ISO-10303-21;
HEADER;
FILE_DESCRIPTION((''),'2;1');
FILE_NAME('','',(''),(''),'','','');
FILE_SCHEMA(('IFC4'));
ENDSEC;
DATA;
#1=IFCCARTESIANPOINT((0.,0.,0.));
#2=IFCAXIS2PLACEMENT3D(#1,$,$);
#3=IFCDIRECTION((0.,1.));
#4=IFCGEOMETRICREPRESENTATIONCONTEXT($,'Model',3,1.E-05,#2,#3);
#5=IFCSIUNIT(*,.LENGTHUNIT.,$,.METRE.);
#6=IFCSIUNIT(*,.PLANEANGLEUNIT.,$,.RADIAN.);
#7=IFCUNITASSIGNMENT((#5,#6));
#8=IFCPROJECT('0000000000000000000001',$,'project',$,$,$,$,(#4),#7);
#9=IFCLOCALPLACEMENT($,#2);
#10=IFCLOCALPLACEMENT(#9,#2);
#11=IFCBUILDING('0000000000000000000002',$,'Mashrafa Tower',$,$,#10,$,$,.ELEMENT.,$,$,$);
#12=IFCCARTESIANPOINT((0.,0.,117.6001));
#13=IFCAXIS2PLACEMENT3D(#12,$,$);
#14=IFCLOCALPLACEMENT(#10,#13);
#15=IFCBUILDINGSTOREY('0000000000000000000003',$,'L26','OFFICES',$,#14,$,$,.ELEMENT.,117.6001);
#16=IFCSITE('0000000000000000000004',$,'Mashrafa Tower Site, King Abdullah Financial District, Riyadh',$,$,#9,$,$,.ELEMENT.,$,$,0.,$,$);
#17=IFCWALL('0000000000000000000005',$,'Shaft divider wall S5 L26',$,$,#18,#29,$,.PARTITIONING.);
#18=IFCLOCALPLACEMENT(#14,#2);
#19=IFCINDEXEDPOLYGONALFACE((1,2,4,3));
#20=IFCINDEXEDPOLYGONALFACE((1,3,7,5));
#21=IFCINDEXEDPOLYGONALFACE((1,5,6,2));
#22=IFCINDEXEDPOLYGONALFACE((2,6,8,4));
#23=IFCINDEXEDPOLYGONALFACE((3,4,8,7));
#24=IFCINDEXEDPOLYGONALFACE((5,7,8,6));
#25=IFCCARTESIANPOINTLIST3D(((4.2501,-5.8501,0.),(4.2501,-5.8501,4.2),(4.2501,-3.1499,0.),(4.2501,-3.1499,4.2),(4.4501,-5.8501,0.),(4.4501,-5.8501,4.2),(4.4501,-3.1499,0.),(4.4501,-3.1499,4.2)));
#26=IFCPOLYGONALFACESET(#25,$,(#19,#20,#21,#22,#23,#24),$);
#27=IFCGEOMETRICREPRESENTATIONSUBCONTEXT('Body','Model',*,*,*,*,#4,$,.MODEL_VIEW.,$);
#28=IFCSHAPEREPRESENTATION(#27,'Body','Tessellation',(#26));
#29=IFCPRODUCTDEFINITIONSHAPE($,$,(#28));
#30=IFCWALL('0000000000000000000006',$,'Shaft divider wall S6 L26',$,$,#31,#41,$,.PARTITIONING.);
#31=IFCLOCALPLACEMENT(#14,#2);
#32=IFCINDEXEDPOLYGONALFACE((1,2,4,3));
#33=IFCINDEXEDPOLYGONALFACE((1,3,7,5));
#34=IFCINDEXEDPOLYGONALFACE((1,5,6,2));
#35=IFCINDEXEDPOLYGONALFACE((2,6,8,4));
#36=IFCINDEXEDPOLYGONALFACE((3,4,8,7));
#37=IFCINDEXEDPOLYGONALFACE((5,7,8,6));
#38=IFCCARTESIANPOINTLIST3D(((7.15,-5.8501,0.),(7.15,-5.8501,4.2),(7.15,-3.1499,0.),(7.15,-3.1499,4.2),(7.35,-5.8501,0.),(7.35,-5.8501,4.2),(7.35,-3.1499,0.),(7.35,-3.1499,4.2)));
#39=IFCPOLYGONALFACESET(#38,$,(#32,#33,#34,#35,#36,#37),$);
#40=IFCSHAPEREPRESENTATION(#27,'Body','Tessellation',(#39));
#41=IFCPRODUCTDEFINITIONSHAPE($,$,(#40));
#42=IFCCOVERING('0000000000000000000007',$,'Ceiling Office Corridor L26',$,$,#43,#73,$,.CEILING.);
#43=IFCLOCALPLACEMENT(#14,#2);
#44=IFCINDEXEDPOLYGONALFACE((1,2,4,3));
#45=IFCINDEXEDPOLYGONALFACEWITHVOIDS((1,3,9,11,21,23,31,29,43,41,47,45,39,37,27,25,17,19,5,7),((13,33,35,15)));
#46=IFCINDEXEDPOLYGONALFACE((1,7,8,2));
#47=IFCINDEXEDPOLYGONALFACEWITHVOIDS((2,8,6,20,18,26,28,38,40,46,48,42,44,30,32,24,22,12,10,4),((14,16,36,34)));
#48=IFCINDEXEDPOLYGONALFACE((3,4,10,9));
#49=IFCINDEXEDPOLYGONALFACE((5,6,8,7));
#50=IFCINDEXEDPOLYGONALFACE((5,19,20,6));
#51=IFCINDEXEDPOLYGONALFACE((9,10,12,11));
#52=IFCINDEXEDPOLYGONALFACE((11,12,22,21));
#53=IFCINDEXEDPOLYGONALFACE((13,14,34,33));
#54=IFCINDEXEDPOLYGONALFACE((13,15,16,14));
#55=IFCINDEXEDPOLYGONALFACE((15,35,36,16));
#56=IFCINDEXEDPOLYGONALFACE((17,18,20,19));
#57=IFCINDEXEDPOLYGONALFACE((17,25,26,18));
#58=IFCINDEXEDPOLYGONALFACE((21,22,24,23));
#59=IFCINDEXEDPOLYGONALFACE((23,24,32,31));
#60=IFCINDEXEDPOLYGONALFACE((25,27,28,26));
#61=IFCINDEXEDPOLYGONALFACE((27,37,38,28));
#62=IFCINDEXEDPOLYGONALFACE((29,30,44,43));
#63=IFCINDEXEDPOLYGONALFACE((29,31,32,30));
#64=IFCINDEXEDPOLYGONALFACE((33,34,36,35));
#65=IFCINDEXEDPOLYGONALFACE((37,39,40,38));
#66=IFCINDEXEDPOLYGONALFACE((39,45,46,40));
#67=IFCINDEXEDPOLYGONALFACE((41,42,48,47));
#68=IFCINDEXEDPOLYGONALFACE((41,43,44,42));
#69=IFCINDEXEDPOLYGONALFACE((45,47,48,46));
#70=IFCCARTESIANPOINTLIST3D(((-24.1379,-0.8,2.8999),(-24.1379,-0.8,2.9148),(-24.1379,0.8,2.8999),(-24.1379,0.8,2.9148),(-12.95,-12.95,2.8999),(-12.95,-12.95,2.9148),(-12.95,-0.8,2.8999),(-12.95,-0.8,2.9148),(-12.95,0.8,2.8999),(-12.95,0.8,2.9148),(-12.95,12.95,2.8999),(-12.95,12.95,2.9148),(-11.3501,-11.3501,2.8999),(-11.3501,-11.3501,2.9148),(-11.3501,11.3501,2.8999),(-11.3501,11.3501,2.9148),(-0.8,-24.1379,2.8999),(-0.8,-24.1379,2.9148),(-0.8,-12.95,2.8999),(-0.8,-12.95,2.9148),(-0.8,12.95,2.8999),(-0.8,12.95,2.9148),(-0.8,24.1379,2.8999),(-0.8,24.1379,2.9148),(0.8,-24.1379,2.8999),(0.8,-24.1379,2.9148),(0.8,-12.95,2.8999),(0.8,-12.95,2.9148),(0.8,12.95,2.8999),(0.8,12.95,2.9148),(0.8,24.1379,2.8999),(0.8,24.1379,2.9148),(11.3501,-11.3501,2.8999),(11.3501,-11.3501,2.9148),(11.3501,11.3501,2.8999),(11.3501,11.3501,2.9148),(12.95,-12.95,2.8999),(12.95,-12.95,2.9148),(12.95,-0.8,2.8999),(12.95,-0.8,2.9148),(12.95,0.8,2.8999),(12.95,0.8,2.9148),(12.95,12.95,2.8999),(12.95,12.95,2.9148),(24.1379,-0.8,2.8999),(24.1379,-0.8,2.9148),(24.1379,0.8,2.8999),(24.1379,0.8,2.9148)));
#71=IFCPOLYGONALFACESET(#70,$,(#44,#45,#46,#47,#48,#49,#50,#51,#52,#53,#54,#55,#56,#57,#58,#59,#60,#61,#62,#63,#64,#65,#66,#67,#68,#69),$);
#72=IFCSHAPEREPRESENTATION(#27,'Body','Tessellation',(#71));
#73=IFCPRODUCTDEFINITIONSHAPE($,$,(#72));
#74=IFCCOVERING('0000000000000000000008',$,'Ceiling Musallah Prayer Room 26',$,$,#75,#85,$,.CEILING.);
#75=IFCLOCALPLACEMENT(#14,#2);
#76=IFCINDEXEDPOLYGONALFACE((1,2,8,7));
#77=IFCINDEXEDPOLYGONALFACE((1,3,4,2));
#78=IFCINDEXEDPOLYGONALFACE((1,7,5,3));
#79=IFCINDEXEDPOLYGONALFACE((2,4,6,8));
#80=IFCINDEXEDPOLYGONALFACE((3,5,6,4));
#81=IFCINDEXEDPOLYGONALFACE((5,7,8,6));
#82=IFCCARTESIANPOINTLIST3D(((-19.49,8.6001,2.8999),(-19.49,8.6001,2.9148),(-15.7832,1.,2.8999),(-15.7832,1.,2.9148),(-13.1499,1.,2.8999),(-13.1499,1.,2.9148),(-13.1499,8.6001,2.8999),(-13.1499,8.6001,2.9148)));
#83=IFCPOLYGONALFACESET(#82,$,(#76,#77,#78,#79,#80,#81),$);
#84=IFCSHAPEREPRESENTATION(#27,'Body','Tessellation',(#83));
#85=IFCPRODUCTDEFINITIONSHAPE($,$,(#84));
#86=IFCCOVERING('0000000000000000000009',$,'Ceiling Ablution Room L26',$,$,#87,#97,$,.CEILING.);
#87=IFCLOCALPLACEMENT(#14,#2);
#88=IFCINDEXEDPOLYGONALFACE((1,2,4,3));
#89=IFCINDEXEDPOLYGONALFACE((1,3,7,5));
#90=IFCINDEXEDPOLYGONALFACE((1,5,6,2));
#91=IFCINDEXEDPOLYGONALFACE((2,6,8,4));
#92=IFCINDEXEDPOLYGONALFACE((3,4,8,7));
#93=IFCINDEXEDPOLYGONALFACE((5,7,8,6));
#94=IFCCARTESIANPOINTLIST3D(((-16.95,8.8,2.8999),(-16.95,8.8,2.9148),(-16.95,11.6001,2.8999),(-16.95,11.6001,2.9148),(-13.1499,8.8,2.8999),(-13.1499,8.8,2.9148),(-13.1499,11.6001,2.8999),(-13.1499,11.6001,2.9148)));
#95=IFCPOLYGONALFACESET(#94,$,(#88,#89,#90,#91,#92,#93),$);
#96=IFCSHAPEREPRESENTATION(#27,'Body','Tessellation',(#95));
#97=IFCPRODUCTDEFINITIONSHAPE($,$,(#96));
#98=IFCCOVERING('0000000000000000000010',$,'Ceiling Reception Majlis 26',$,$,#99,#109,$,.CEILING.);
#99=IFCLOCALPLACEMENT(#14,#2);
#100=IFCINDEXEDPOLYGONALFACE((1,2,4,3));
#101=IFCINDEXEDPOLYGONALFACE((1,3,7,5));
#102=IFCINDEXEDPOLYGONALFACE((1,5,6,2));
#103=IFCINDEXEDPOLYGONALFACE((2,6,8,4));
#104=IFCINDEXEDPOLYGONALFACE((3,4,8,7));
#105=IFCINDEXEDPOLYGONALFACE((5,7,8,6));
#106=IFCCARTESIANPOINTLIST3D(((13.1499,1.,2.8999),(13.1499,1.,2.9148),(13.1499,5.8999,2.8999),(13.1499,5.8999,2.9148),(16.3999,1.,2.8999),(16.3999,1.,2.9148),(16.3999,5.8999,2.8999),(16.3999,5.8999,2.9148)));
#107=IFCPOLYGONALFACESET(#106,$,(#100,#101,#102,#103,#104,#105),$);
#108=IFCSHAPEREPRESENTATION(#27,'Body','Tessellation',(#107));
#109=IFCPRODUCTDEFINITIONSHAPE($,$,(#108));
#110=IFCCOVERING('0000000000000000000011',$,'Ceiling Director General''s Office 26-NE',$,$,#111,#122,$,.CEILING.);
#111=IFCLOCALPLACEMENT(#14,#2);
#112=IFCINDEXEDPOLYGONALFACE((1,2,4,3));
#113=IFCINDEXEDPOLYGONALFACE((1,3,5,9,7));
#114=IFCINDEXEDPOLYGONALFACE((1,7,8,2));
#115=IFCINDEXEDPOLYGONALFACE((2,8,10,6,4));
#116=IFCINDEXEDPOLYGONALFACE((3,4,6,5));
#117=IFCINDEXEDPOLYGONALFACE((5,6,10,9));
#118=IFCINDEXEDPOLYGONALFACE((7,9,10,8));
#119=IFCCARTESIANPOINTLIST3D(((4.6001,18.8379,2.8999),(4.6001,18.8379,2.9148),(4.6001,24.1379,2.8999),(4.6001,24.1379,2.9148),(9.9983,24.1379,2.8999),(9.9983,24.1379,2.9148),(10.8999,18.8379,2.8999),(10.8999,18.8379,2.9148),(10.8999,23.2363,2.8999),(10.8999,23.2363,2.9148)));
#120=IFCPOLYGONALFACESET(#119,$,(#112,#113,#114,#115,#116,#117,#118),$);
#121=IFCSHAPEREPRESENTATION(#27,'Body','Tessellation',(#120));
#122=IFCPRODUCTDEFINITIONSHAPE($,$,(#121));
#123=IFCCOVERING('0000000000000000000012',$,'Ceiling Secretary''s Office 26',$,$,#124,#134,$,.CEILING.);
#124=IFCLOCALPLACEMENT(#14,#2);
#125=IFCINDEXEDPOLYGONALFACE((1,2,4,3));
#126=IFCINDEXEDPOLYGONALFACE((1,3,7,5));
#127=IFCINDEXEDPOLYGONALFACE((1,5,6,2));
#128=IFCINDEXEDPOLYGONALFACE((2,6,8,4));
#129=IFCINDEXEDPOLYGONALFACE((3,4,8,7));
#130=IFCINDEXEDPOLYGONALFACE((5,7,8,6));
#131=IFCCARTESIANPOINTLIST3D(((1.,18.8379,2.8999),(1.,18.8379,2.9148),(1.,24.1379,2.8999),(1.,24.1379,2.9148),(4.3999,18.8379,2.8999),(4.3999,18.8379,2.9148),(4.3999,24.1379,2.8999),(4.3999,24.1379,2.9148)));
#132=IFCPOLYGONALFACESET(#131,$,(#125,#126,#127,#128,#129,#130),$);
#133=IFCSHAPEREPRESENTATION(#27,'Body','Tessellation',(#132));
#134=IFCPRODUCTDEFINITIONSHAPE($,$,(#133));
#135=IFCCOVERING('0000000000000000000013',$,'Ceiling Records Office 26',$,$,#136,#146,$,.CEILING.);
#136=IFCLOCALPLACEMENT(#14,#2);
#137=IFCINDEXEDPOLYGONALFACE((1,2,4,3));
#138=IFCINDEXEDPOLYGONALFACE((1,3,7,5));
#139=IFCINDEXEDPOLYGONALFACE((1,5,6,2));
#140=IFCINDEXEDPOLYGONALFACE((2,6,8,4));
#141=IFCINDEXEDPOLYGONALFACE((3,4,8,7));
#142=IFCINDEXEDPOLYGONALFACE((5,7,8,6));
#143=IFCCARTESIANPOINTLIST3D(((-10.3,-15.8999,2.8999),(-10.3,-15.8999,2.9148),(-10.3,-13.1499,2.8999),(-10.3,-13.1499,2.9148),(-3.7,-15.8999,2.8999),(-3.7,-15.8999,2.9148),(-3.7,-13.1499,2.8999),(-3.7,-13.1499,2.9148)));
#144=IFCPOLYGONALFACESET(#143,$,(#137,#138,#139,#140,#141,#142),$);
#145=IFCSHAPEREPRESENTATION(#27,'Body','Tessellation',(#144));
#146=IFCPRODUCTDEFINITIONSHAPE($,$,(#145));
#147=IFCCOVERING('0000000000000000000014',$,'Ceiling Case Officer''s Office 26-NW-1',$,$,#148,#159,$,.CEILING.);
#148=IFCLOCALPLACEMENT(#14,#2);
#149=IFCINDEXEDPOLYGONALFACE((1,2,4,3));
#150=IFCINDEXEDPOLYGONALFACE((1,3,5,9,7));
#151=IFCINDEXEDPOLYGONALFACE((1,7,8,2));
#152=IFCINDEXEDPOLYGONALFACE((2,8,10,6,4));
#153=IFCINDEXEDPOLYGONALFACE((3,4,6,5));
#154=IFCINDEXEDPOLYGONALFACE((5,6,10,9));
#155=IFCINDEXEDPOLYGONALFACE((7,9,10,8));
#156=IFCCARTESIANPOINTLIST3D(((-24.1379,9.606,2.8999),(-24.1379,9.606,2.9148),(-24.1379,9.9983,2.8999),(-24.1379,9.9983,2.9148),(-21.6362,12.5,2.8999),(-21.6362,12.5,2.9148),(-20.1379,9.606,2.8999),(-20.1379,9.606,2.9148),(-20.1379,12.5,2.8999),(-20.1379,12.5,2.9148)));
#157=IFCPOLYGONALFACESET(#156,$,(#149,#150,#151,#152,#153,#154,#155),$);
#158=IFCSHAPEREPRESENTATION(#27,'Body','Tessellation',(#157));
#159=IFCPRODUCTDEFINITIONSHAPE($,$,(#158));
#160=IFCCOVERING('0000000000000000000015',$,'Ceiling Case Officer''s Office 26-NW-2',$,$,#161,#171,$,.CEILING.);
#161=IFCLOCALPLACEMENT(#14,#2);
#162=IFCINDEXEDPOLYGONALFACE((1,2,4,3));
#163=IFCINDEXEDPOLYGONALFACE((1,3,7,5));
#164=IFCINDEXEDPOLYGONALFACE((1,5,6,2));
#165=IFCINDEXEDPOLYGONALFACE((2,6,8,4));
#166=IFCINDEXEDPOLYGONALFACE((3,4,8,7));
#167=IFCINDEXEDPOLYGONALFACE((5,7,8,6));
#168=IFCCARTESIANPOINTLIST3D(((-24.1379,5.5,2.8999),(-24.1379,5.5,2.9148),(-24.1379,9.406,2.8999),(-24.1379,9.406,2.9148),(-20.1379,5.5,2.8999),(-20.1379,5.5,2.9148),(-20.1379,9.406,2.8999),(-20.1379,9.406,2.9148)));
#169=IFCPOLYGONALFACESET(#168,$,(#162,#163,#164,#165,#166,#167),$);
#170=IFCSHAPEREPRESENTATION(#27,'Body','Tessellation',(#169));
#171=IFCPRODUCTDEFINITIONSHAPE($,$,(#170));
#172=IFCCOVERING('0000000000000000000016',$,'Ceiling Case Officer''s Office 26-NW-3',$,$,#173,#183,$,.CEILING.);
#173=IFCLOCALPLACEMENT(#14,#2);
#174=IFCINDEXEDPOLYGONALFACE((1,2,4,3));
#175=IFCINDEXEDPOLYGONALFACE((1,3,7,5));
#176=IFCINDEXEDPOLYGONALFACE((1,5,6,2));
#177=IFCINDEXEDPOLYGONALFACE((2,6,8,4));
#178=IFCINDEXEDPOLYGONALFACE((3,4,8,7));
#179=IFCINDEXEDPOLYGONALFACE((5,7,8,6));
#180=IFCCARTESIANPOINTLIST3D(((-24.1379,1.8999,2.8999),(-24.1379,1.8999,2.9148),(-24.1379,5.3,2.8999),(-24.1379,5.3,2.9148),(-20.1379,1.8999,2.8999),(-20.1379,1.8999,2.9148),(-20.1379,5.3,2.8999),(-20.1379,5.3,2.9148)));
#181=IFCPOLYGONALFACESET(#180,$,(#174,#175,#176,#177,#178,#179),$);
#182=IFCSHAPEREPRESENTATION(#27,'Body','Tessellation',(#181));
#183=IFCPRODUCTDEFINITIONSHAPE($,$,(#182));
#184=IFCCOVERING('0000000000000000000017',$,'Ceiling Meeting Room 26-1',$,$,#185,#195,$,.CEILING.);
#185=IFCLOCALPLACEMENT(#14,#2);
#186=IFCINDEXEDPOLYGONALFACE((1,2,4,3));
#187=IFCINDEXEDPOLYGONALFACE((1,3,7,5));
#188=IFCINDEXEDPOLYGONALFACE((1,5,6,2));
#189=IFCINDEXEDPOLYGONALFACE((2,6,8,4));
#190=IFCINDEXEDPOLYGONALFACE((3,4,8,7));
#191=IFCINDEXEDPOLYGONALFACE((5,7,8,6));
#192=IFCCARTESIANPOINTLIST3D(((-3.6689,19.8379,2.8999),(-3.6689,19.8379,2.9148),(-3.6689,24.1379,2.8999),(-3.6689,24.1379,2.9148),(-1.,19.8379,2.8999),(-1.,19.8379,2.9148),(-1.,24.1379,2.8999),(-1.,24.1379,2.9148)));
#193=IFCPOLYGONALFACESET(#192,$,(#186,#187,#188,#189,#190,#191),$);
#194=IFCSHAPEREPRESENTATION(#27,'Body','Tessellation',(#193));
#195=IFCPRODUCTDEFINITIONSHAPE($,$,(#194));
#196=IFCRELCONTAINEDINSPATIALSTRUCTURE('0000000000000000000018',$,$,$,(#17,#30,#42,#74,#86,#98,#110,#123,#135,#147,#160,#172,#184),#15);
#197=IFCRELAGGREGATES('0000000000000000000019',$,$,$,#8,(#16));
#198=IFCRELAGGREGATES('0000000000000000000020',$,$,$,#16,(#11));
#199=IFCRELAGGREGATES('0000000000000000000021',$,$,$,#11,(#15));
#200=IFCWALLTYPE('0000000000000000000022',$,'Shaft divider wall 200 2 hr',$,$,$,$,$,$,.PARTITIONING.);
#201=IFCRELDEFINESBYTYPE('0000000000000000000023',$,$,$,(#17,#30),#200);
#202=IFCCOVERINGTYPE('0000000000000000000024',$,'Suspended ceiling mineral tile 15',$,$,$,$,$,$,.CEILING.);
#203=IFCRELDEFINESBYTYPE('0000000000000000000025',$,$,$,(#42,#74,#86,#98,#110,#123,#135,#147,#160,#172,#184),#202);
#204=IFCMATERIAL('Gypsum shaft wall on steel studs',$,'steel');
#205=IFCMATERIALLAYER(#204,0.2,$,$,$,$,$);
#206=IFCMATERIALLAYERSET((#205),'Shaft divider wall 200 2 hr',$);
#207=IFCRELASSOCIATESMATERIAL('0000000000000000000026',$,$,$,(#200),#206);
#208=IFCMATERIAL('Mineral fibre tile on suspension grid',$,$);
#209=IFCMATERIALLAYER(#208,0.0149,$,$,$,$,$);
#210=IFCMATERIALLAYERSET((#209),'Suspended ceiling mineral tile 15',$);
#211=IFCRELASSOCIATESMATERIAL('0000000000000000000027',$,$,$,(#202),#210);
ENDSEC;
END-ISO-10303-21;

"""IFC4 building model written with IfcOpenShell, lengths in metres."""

from ifc_helpers import new_model, si_unit, direction, frame, frame_2d, origin, place, context, subcontext, project, spatial, polyline, rectangle, outline, extrude, material, layer, layer_set, type_object, element, save


model = new_model("IFC4")

# Units and contexts
model_context = context("Model", 3, precision=1e-05, world=origin(), true_north=direction((0.0, 1.0)))
body_context = subcontext(model_context, "Body", "Model", "MODEL_VIEW")
ifc_project = project(units=[si_unit("LENGTHUNIT", "METRE"), si_unit("PLANEANGLEUNIT", "RADIAN")], contexts=[model_context])

# Site, building, storey
site_placement = place(None, origin())
site = spatial("IfcSite", under=ifc_project, at=site_placement, Name="Mashrafa Tower Site, King Abdullah Financial District, Riyadh", CompositionType="ELEMENT", RefElevation=0.0)
building_placement = place(site_placement, origin())
building = spatial("IfcBuilding", under=site, at=building_placement, Name="Mashrafa Tower", CompositionType="ELEMENT")
storey_placement = place(building_placement, frame((0.0, 0.0, 117.6001)))
storey = spatial("IfcBuildingStorey", under=building, at=storey_placement, Name="L26", Description="OFFICES", CompositionType="ELEMENT", Elevation=117.6001)

# Walls
ifc_material_1 = material(Name="Gypsum shaft wall on steel studs", Category="steel")
ifc_layer_1 = layer(ifc_material_1, 0.2)
ifc_layer_set_1 = layer_set([ifc_layer_1], Name="Shaft divider wall 200 2 hr")
wall_type_1 = type_object("IfcWallType", Name="Shaft divider wall 200 2 hr", PredefinedType="PARTITIONING", material=ifc_layer_set_1)
for number, where, z_axis, x_axis, name in (
    (1, (4.3501, -5.8501, 0.0), (0.0, 0.0, 1.0), (0.0, 1.0, 0.0), "Shaft divider wall S5 L26"),
    (2, (7.25, -5.8501, 0.0), (0.0, 0.0, 1.0), (0.0, 1.0, 0.0), "Shaft divider wall S6 L26"),
):
    element("IfcWall", number, at=place(storey_placement, frame(where, z_axis=z_axis, x_axis=x_axis)), inside=storey, type_object=wall_type_1, Name=name, PredefinedType="PARTITIONING", context=body_context, shape_type="SweptSolid", body=[
        extrude(rectangle(XDim=2.7002, YDim=0.2, at=frame_2d((1.3501, 0.0))), origin(), (0.0, 0.0, 1.0), 4.2),
    ])

# Coverings
ifc_material_2 = material(Name="Mineral fibre tile on suspension grid")
ifc_layer_2 = layer(ifc_material_2, 0.0149)
ifc_layer_set_2 = layer_set([ifc_layer_2], Name="Suspended ceiling mineral tile 15")
covering_type = type_object("IfcCoveringType", Name="Suspended ceiling mineral tile 15", PredefinedType="CEILING", material=ifc_layer_set_2)
covering_1_placement = place(storey_placement, frame((0.0, 0.0, 2.8999)))
element("IfcCovering", 3, at=covering_1_placement, inside=storey, type_object=covering_type, Name="Ceiling Office Corridor L26", PredefinedType="CEILING", context=body_context, shape_type="SweptSolid", body=[
    extrude(outline(polyline([(-12.95, -12.95), (-12.95, -0.8), (-24.1379, -0.8), (-24.1379, 0.8), (-12.95, 0.8), (-12.95, 12.95), (-0.8, 12.95), (-0.8, 24.1379), (0.8, 24.1379), (0.8, 12.95), (12.95, 12.95), (12.95, 0.8), (24.1379, 0.8), (24.1379, -0.8), (12.95, -0.8), (12.95, -12.95), (0.8, -12.95), (0.8, -24.1379), (-0.8, -24.1379), (-0.8, -12.95), (-12.95, -12.95)]), holes=[polyline([(11.3501, 11.3501), (-11.3501, 11.3501), (-11.3501, -11.3501), (11.3501, -11.3501), (11.3501, 11.3501)])]), origin(), (0.0, 0.0, 1.0), 0.0149),
])
covering_2_placement = place(storey_placement, frame((0.0, 0.0, 2.8999)))
element("IfcCovering", 4, at=covering_2_placement, inside=storey, type_object=covering_type, Name="Ceiling Musallah Prayer Room 26", PredefinedType="CEILING", context=body_context, shape_type="SweptSolid", body=[
    extrude(outline(polyline([(-15.7832, 1.0), (-19.49, 8.6001), (-13.1499, 8.6001), (-13.1499, 1.0), (-15.7832, 1.0)])), origin(), (0.0, 0.0, 1.0), 0.0149),
])
covering_3_placement = place(storey_placement, frame((0.0, 0.0, 2.8999)))
element("IfcCovering", 5, at=covering_3_placement, inside=storey, type_object=covering_type, Name="Ceiling Ablution Room L26", PredefinedType="CEILING", context=body_context, shape_type="SweptSolid", body=[
    extrude(outline(polyline([(-16.95, 8.8), (-16.95, 11.6001), (-13.1499, 11.6001), (-13.1499, 8.8), (-16.95, 8.8)])), origin(), (0.0, 0.0, 1.0), 0.0149),
])
covering_4_placement = place(storey_placement, frame((0.0, 0.0, 2.8999)))
element("IfcCovering", 6, at=covering_4_placement, inside=storey, type_object=covering_type, Name="Ceiling Reception Majlis 26", PredefinedType="CEILING", context=body_context, shape_type="SweptSolid", body=[
    extrude(outline(polyline([(13.1499, 5.8999), (16.3999, 5.8999), (16.3999, 1.0), (13.1499, 1.0), (13.1499, 5.8999)])), origin(), (0.0, 0.0, 1.0), 0.0149),
])
covering_5_placement = place(storey_placement, frame((0.0, 0.0, 2.8999)))
element("IfcCovering", 7, at=covering_5_placement, inside=storey, type_object=covering_type, Name="Ceiling Director General's Office 26-NE", PredefinedType="CEILING", context=body_context, shape_type="SweptSolid", body=[
    extrude(outline(polyline([(4.6001, 24.1379), (9.9983, 24.1379), (10.8999, 23.2363), (10.8999, 18.8379), (4.6001, 18.8379), (4.6001, 24.1379)])), origin(), (0.0, 0.0, 1.0), 0.0149),
])
covering_6_placement = place(storey_placement, frame((0.0, 0.0, 2.8999)))
element("IfcCovering", 8, at=covering_6_placement, inside=storey, type_object=covering_type, Name="Ceiling Secretary's Office 26", PredefinedType="CEILING", context=body_context, shape_type="SweptSolid", body=[
    extrude(outline(polyline([(1.0, 24.1379), (4.3999, 24.1379), (4.3999, 18.8379), (1.0, 18.8379), (1.0, 24.1379)])), origin(), (0.0, 0.0, 1.0), 0.0149),
])
covering_7_placement = place(storey_placement, frame((0.0, 0.0, 2.8999)))
element("IfcCovering", 9, at=covering_7_placement, inside=storey, type_object=covering_type, Name="Ceiling Records Office 26", PredefinedType="CEILING", context=body_context, shape_type="SweptSolid", body=[
    extrude(outline(polyline([(-10.3, -13.1499), (-3.7, -13.1499), (-3.7, -15.8999), (-10.3, -15.8999), (-10.3, -13.1499)])), origin(), (0.0, 0.0, 1.0), 0.0149),
])
covering_8_placement = place(storey_placement, frame((0.0, 0.0, 2.8999)))
element("IfcCovering", 10, at=covering_8_placement, inside=storey, type_object=covering_type, Name="Ceiling Case Officer's Office 26-NW-1", PredefinedType="CEILING", context=body_context, shape_type="SweptSolid", body=[
    extrude(outline(polyline([(-20.1379, 12.5), (-20.1379, 9.606), (-24.1379, 9.606), (-24.1379, 9.9983), (-21.6362, 12.5), (-20.1379, 12.5)])), origin(), (0.0, 0.0, 1.0), 0.0149),
])
covering_9_placement = place(storey_placement, frame((0.0, 0.0, 2.8999)))
element("IfcCovering", 11, at=covering_9_placement, inside=storey, type_object=covering_type, Name="Ceiling Case Officer's Office 26-NW-2", PredefinedType="CEILING", context=body_context, shape_type="SweptSolid", body=[
    extrude(outline(polyline([(-20.1379, 9.406), (-20.1379, 5.5), (-24.1379, 5.5), (-24.1379, 9.406), (-20.1379, 9.406)])), origin(), (0.0, 0.0, 1.0), 0.0149),
])
covering_10_placement = place(storey_placement, frame((0.0, 0.0, 2.8999)))
element("IfcCovering", 12, at=covering_10_placement, inside=storey, type_object=covering_type, Name="Ceiling Case Officer's Office 26-NW-3", PredefinedType="CEILING", context=body_context, shape_type="SweptSolid", body=[
    extrude(outline(polyline([(-20.1379, 5.3), (-20.1379, 1.8999), (-24.1379, 1.8999), (-24.1379, 5.3), (-20.1379, 5.3)])), origin(), (0.0, 0.0, 1.0), 0.0149),
])
covering_11_placement = place(storey_placement, frame((0.0, 0.0, 2.8999)))
element("IfcCovering", 13, at=covering_11_placement, inside=storey, type_object=covering_type, Name="Ceiling Meeting Room 26-1", PredefinedType="CEILING", context=body_context, shape_type="SweptSolid", body=[
    extrude(outline(polyline([(-3.6689, 24.1379), (-1.0, 24.1379), (-1.0, 19.8379), (-3.6689, 19.8379), (-3.6689, 24.1379)])), origin(), (0.0, 0.0, 1.0), 0.0149),
])

save(model, "model.ifc")
